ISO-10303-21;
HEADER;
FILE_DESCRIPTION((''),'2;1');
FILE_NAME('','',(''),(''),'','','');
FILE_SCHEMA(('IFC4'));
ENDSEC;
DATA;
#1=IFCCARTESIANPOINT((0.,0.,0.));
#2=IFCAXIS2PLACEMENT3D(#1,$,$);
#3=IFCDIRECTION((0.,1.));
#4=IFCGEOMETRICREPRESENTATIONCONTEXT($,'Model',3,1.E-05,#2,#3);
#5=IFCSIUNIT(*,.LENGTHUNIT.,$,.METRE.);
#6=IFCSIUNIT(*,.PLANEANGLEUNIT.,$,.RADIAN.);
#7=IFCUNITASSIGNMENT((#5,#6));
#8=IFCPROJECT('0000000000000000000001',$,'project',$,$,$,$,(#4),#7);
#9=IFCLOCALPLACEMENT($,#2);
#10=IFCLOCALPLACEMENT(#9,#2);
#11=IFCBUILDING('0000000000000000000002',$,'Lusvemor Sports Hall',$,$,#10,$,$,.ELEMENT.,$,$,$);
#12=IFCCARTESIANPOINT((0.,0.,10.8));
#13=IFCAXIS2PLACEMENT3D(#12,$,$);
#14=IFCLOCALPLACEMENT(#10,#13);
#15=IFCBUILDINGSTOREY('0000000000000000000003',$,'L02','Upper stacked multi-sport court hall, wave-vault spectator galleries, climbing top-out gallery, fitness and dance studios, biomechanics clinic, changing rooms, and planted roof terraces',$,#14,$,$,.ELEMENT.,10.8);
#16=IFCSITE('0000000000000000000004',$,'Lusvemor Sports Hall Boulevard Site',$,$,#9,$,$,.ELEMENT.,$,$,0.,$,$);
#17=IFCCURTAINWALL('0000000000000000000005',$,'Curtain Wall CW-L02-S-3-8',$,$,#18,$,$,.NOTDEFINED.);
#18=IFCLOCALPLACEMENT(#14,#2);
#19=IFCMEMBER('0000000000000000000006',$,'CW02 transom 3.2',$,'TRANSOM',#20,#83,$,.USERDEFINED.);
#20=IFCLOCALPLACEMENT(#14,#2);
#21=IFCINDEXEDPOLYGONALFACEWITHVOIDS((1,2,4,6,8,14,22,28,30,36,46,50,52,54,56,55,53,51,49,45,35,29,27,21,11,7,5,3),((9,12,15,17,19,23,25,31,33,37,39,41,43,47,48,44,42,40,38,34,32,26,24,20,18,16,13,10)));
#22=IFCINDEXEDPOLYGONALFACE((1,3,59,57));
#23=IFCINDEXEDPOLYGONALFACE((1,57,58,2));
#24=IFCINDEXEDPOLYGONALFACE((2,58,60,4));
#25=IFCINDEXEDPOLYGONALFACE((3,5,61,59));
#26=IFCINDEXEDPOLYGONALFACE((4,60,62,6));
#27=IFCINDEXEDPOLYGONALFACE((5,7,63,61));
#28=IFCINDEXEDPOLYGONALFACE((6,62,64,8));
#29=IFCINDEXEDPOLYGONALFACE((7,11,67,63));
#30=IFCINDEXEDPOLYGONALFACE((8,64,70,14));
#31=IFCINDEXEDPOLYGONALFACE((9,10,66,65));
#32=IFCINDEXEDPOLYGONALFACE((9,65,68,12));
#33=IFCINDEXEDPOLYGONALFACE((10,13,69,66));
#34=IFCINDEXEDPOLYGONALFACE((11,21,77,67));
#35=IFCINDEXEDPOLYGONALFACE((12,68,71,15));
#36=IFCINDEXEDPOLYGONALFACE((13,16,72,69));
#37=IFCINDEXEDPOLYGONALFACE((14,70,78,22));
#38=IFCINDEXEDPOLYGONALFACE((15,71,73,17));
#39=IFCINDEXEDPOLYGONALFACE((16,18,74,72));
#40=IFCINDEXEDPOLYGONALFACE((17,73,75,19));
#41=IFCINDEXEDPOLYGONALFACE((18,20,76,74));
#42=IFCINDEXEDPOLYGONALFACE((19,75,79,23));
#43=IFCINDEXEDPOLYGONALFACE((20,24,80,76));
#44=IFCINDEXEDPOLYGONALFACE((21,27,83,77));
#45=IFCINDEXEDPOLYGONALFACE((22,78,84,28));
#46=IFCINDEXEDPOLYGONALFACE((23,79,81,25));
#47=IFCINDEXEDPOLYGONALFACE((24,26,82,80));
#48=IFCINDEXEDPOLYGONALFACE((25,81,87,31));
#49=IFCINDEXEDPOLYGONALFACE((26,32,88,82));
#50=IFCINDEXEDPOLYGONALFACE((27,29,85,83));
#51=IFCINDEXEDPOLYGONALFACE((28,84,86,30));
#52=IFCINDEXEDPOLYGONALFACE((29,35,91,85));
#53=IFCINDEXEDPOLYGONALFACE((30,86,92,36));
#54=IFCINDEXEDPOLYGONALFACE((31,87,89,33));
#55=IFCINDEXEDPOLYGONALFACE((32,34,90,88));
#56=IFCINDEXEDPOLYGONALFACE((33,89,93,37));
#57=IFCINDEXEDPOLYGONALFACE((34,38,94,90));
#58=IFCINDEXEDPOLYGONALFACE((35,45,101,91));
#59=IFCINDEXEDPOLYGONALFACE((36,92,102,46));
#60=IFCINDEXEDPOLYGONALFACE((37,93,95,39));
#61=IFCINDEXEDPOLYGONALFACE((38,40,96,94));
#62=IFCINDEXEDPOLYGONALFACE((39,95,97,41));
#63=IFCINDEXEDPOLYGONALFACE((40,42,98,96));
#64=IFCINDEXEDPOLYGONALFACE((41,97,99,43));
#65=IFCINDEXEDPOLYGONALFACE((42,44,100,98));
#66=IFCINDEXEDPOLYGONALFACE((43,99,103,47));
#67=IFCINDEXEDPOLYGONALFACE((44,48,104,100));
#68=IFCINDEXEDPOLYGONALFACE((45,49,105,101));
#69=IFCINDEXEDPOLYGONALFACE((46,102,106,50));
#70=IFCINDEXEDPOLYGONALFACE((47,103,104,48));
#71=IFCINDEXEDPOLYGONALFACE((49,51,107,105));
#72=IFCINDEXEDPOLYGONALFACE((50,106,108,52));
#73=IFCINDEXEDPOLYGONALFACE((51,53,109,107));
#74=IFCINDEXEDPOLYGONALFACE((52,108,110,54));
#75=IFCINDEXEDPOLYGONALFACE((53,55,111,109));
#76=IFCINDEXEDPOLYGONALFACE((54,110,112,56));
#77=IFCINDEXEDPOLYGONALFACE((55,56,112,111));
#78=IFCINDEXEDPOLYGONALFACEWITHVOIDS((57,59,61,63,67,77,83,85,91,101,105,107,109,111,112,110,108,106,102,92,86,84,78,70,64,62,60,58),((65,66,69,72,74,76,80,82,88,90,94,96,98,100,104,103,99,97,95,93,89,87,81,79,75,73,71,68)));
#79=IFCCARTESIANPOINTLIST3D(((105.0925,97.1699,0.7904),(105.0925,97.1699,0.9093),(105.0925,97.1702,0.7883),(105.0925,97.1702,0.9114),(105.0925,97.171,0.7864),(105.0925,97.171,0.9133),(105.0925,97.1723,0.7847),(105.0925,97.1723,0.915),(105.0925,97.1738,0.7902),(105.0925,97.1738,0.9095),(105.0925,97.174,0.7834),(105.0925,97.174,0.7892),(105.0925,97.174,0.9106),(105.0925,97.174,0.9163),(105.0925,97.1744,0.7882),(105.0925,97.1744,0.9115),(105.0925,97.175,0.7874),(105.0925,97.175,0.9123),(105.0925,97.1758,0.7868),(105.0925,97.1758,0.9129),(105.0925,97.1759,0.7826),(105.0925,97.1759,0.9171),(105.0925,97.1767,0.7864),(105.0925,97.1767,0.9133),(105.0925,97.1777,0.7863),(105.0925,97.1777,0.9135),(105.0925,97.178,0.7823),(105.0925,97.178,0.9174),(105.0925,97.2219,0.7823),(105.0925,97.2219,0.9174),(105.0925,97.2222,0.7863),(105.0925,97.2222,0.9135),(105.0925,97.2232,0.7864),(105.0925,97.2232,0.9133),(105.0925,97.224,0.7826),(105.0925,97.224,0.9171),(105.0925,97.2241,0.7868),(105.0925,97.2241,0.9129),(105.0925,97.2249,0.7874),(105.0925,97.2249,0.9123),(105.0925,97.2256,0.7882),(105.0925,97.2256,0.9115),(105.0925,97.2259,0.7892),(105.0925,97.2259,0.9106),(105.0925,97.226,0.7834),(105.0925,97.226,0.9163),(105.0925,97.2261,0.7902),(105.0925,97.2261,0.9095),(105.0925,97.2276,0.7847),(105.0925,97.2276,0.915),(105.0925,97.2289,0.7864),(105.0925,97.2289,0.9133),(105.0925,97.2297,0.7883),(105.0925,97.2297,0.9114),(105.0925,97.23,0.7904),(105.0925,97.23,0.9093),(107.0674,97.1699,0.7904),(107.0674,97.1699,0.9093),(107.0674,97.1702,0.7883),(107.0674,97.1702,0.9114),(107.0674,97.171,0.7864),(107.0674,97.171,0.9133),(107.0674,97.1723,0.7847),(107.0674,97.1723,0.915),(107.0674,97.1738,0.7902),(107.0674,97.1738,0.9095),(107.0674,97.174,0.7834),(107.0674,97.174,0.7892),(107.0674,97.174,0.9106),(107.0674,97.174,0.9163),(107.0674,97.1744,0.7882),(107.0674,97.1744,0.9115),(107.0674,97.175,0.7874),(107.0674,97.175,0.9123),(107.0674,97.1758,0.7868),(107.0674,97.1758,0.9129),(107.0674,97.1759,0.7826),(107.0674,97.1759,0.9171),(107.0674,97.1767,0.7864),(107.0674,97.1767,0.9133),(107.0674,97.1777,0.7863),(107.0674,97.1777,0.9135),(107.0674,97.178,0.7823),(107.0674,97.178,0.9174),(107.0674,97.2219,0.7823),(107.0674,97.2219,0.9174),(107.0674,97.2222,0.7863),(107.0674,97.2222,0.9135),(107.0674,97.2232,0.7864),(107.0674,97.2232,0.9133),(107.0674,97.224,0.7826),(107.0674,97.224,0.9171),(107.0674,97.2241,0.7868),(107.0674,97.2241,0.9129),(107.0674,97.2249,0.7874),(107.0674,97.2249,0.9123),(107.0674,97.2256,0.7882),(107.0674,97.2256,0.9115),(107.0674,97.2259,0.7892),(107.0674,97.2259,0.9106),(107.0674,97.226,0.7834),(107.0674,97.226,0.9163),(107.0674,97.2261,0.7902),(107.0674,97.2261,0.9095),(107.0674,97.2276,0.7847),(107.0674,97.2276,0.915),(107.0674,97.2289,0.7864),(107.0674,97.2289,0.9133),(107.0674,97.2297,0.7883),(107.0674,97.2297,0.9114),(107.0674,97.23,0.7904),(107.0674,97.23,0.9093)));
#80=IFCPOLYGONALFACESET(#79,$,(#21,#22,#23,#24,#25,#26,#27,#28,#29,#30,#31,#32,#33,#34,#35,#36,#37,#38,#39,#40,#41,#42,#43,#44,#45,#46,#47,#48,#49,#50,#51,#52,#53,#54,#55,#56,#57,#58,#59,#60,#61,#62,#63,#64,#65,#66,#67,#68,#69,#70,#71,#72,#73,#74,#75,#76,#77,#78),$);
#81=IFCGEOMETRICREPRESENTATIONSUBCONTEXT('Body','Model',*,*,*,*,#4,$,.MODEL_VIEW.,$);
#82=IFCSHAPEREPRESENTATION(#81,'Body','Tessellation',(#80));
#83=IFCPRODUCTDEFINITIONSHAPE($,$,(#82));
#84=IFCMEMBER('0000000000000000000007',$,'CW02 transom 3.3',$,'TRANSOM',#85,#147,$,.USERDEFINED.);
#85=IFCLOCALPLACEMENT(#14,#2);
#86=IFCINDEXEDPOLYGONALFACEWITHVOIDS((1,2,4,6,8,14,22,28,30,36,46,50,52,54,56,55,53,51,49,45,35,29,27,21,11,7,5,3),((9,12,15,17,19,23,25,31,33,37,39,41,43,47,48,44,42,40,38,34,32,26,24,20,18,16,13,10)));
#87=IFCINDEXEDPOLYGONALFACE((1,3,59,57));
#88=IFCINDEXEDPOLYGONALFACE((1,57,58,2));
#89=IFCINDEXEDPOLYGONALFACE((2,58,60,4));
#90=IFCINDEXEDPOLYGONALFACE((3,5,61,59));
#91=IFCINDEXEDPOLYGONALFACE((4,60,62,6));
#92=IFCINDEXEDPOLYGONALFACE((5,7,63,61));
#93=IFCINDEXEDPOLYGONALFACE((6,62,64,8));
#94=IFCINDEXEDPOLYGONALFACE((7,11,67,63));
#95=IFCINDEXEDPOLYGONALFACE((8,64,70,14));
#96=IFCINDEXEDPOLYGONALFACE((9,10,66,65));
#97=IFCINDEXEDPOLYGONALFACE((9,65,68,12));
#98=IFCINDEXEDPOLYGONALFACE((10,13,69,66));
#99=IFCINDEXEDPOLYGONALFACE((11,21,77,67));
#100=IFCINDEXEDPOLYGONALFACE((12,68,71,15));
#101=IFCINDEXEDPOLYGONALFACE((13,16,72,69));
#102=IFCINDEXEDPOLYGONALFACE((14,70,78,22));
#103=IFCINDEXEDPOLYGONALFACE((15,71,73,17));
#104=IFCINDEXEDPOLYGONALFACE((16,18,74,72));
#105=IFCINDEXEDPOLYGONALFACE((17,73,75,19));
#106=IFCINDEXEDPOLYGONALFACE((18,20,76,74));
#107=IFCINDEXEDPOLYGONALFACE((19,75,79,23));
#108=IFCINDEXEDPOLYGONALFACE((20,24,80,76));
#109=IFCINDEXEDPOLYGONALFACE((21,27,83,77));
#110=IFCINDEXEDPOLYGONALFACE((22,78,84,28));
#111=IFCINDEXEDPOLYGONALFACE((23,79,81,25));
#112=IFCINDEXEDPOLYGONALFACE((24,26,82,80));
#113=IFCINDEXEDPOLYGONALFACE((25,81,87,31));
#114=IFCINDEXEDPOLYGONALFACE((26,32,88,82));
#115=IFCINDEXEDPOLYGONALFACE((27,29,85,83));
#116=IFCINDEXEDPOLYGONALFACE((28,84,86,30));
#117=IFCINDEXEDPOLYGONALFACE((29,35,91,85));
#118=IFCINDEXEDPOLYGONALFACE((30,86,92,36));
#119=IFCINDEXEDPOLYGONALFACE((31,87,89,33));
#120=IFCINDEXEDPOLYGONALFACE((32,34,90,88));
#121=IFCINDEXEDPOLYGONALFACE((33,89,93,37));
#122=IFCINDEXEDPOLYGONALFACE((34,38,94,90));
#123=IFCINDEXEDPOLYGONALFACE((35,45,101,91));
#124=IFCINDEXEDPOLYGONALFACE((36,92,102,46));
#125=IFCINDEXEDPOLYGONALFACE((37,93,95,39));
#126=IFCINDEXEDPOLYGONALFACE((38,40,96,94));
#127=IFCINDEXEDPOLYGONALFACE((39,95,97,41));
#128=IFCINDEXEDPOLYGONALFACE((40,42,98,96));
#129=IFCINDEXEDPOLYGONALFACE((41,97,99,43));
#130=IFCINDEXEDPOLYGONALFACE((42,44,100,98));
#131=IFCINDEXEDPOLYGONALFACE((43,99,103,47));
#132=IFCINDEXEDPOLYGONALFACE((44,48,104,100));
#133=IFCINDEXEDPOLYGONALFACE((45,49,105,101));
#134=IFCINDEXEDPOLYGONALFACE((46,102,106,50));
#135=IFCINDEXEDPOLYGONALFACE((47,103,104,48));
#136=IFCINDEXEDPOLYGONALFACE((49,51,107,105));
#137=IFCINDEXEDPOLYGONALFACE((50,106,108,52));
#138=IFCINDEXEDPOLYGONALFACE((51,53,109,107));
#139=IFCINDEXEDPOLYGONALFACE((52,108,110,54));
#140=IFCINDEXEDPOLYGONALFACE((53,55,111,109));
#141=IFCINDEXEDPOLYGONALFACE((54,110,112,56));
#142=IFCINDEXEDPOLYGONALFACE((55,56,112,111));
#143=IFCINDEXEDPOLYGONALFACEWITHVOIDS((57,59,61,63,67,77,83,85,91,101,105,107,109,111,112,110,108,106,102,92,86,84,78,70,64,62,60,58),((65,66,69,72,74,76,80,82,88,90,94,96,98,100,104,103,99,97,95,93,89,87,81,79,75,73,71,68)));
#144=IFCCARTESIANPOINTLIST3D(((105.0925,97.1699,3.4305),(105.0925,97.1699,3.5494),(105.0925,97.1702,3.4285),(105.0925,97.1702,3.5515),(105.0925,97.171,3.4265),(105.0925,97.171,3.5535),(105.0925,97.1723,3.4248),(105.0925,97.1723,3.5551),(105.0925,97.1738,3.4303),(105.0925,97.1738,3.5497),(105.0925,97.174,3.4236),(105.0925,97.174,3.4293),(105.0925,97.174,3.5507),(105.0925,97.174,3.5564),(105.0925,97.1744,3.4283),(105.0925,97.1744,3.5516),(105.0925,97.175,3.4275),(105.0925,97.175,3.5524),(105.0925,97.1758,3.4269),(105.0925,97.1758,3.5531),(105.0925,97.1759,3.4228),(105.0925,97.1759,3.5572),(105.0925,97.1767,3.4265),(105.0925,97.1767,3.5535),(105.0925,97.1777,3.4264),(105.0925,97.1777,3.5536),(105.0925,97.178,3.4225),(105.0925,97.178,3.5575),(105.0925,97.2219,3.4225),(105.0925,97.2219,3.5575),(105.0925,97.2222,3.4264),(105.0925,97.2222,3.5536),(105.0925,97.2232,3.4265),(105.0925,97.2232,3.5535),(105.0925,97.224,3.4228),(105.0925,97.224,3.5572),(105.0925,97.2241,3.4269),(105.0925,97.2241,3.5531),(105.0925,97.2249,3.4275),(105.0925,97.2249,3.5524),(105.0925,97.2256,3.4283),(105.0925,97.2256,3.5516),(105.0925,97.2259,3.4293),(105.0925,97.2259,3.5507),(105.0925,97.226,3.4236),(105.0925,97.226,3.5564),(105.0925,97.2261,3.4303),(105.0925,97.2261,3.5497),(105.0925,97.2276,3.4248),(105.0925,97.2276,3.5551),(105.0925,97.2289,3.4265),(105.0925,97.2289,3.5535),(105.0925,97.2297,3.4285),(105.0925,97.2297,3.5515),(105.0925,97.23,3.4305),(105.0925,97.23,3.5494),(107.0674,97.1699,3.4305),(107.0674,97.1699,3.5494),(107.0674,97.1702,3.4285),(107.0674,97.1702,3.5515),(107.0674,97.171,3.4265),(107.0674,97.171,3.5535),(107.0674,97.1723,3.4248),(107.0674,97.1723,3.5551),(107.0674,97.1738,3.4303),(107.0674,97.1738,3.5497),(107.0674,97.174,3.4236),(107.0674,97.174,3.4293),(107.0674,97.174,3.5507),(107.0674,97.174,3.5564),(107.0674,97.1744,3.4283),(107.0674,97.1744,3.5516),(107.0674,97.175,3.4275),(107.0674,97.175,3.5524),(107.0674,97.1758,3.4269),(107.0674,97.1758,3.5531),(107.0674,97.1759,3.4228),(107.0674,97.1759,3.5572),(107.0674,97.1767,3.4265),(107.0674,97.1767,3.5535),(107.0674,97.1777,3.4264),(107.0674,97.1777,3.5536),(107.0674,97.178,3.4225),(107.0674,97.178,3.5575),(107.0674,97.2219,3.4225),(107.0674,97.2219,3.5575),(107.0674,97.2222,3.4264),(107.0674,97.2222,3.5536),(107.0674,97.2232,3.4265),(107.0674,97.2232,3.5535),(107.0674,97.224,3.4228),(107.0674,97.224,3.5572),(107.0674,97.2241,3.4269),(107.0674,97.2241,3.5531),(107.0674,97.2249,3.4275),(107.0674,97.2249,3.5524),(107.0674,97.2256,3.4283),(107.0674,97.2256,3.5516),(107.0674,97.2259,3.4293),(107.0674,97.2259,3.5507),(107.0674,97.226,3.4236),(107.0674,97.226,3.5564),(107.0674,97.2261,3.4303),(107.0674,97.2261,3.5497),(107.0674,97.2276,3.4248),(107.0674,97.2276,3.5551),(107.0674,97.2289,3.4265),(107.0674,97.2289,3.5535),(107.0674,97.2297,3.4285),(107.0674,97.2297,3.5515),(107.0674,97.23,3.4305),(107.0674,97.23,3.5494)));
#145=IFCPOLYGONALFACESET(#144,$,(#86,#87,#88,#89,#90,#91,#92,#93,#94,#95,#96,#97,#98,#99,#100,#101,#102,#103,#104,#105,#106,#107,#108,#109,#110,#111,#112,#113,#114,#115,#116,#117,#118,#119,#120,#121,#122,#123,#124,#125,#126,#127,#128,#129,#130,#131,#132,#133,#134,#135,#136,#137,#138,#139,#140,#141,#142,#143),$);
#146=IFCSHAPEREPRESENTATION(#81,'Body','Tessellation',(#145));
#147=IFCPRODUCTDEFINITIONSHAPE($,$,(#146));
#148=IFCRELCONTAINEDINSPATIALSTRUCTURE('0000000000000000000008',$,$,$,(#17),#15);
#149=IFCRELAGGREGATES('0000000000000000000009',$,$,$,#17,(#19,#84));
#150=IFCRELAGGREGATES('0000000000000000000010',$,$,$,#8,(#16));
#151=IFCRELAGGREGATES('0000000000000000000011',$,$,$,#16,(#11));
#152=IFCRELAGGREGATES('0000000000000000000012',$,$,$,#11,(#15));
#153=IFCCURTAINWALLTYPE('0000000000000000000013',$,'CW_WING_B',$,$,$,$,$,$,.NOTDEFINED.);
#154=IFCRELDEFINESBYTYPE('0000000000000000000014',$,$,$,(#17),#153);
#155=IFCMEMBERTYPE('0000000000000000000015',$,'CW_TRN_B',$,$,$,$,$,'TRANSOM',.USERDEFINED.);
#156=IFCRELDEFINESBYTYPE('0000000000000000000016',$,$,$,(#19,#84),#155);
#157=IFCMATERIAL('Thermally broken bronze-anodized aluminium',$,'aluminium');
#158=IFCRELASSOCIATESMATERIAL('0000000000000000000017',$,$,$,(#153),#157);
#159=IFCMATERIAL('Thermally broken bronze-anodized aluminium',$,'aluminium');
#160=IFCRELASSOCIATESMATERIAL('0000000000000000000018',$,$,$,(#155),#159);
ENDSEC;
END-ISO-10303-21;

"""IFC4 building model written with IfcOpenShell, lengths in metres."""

from ifc_helpers import new_model, si_unit, direction, frame, origin, origin_2d, place, context, subcontext, project, spatial, hollow_rectangle, extrude, material, material_profile, profile_set, type_object, element, aggregate, save


model = new_model("IFC4")

# Units and contexts
model_context = context("Model", 3, precision=1e-05, world=origin(), true_north=direction((0.0, 1.0)))
body_context = subcontext(model_context, "Body", "Model", "MODEL_VIEW")
ifc_project = project(units=[si_unit("LENGTHUNIT", "METRE"), si_unit("PLANEANGLEUNIT", "RADIAN")], contexts=[model_context])

# Site, building, storey
site_placement = place(None, origin())
site = spatial("IfcSite", under=ifc_project, at=site_placement, Name="Lusvemor Sports Hall Boulevard Site", CompositionType="ELEMENT", RefElevation=0.0)
building_placement = place(site_placement, origin())
building = spatial("IfcBuilding", under=site, at=building_placement, Name="Lusvemor Sports Hall", CompositionType="ELEMENT")
storey_placement = place(building_placement, frame((0.0, 0.0, 10.8)))
storey = spatial("IfcBuildingStorey", under=building, at=storey_placement, Name="L02", Description="Upper stacked multi-sport court hall, wave-vault spectator galleries, climbing top-out gallery, fitness and dance studios, biomechanics clinic, changing rooms, and planted roof terraces", CompositionType="ELEMENT", Elevation=10.8)

# Curtain wall
ifc_material_1 = material(Name="Thermally broken bronze-anodized aluminium", Category="aluminium")
curtain_wall_type = type_object("IfcCurtainWallType", Name="CW_WING_B", PredefinedType="NOTDEFINED", material=ifc_material_1)
curtain_wall_1_placement = place(storey_placement, origin())
curtain_wall_1 = element("IfcCurtainWall", 1, at=curtain_wall_1_placement, inside=storey, type_object=curtain_wall_type, Name="Curtain Wall CW-L02-S-3-8", PredefinedType="NOTDEFINED")

# Members
ifc_material_2 = material(Name="Thermally broken bronze-anodized aluminium", Category="aluminium")
ifc_material_profile_1 = material_profile(ifc_material_2, hollow_rectangle(XDim=0.0601, YDim=0.135, WallThickness=0.0039, InnerFilletRadius=0.0039, OuterFilletRadius=0.0081, at=origin_2d()), Name="CWTRN135x60x4")
ifc_profile_set_1 = profile_set([ifc_material_profile_1], Name="Thermally broken bronze-anodized aluminium")
member_type_1 = type_object("IfcMemberType", Name="CW_TRN_B", ElementType="TRANSOM", PredefinedType="USERDEFINED", material=ifc_profile_set_1)
member_1_placement = place(storey_placement, frame((107.0674, 97.2, 0.8499), z_axis=(-1.0, 0.0, 0.0), x_axis=(0.0, -1.0, 0.0)))
member_1 = element("IfcMember", 2, at=member_1_placement, type_object=member_type_1, Name="CW02 transom 3.2", ObjectType="TRANSOM", PredefinedType="USERDEFINED", context=body_context, shape_type="SweptSolid", body=[
    extrude(hollow_rectangle(XDim=0.0601, YDim=0.135, WallThickness=0.0039, InnerFilletRadius=0.0039, OuterFilletRadius=0.0081, at=origin_2d()), origin(), (0.0, 0.0, 1.0), 1.9749),
])
member_2_placement = place(storey_placement, frame((107.0674, 97.2, 3.49), z_axis=(-1.0, 0.0, 0.0), x_axis=(0.0, -1.0, 0.0)))
member_2 = element("IfcMember", 3, at=member_2_placement, type_object=member_type_1, Name="CW02 transom 3.3", ObjectType="TRANSOM", PredefinedType="USERDEFINED", context=body_context, shape_type="SweptSolid", body=[
    extrude(hollow_rectangle(XDim=0.0601, YDim=0.135, WallThickness=0.0039, InnerFilletRadius=0.0039, OuterFilletRadius=0.0081, at=origin_2d()), origin(), (0.0, 0.0, 1.0), 1.9749),
])

aggregate(curtain_wall_1, [member_1, member_2])

save(model, "model.ifc")
